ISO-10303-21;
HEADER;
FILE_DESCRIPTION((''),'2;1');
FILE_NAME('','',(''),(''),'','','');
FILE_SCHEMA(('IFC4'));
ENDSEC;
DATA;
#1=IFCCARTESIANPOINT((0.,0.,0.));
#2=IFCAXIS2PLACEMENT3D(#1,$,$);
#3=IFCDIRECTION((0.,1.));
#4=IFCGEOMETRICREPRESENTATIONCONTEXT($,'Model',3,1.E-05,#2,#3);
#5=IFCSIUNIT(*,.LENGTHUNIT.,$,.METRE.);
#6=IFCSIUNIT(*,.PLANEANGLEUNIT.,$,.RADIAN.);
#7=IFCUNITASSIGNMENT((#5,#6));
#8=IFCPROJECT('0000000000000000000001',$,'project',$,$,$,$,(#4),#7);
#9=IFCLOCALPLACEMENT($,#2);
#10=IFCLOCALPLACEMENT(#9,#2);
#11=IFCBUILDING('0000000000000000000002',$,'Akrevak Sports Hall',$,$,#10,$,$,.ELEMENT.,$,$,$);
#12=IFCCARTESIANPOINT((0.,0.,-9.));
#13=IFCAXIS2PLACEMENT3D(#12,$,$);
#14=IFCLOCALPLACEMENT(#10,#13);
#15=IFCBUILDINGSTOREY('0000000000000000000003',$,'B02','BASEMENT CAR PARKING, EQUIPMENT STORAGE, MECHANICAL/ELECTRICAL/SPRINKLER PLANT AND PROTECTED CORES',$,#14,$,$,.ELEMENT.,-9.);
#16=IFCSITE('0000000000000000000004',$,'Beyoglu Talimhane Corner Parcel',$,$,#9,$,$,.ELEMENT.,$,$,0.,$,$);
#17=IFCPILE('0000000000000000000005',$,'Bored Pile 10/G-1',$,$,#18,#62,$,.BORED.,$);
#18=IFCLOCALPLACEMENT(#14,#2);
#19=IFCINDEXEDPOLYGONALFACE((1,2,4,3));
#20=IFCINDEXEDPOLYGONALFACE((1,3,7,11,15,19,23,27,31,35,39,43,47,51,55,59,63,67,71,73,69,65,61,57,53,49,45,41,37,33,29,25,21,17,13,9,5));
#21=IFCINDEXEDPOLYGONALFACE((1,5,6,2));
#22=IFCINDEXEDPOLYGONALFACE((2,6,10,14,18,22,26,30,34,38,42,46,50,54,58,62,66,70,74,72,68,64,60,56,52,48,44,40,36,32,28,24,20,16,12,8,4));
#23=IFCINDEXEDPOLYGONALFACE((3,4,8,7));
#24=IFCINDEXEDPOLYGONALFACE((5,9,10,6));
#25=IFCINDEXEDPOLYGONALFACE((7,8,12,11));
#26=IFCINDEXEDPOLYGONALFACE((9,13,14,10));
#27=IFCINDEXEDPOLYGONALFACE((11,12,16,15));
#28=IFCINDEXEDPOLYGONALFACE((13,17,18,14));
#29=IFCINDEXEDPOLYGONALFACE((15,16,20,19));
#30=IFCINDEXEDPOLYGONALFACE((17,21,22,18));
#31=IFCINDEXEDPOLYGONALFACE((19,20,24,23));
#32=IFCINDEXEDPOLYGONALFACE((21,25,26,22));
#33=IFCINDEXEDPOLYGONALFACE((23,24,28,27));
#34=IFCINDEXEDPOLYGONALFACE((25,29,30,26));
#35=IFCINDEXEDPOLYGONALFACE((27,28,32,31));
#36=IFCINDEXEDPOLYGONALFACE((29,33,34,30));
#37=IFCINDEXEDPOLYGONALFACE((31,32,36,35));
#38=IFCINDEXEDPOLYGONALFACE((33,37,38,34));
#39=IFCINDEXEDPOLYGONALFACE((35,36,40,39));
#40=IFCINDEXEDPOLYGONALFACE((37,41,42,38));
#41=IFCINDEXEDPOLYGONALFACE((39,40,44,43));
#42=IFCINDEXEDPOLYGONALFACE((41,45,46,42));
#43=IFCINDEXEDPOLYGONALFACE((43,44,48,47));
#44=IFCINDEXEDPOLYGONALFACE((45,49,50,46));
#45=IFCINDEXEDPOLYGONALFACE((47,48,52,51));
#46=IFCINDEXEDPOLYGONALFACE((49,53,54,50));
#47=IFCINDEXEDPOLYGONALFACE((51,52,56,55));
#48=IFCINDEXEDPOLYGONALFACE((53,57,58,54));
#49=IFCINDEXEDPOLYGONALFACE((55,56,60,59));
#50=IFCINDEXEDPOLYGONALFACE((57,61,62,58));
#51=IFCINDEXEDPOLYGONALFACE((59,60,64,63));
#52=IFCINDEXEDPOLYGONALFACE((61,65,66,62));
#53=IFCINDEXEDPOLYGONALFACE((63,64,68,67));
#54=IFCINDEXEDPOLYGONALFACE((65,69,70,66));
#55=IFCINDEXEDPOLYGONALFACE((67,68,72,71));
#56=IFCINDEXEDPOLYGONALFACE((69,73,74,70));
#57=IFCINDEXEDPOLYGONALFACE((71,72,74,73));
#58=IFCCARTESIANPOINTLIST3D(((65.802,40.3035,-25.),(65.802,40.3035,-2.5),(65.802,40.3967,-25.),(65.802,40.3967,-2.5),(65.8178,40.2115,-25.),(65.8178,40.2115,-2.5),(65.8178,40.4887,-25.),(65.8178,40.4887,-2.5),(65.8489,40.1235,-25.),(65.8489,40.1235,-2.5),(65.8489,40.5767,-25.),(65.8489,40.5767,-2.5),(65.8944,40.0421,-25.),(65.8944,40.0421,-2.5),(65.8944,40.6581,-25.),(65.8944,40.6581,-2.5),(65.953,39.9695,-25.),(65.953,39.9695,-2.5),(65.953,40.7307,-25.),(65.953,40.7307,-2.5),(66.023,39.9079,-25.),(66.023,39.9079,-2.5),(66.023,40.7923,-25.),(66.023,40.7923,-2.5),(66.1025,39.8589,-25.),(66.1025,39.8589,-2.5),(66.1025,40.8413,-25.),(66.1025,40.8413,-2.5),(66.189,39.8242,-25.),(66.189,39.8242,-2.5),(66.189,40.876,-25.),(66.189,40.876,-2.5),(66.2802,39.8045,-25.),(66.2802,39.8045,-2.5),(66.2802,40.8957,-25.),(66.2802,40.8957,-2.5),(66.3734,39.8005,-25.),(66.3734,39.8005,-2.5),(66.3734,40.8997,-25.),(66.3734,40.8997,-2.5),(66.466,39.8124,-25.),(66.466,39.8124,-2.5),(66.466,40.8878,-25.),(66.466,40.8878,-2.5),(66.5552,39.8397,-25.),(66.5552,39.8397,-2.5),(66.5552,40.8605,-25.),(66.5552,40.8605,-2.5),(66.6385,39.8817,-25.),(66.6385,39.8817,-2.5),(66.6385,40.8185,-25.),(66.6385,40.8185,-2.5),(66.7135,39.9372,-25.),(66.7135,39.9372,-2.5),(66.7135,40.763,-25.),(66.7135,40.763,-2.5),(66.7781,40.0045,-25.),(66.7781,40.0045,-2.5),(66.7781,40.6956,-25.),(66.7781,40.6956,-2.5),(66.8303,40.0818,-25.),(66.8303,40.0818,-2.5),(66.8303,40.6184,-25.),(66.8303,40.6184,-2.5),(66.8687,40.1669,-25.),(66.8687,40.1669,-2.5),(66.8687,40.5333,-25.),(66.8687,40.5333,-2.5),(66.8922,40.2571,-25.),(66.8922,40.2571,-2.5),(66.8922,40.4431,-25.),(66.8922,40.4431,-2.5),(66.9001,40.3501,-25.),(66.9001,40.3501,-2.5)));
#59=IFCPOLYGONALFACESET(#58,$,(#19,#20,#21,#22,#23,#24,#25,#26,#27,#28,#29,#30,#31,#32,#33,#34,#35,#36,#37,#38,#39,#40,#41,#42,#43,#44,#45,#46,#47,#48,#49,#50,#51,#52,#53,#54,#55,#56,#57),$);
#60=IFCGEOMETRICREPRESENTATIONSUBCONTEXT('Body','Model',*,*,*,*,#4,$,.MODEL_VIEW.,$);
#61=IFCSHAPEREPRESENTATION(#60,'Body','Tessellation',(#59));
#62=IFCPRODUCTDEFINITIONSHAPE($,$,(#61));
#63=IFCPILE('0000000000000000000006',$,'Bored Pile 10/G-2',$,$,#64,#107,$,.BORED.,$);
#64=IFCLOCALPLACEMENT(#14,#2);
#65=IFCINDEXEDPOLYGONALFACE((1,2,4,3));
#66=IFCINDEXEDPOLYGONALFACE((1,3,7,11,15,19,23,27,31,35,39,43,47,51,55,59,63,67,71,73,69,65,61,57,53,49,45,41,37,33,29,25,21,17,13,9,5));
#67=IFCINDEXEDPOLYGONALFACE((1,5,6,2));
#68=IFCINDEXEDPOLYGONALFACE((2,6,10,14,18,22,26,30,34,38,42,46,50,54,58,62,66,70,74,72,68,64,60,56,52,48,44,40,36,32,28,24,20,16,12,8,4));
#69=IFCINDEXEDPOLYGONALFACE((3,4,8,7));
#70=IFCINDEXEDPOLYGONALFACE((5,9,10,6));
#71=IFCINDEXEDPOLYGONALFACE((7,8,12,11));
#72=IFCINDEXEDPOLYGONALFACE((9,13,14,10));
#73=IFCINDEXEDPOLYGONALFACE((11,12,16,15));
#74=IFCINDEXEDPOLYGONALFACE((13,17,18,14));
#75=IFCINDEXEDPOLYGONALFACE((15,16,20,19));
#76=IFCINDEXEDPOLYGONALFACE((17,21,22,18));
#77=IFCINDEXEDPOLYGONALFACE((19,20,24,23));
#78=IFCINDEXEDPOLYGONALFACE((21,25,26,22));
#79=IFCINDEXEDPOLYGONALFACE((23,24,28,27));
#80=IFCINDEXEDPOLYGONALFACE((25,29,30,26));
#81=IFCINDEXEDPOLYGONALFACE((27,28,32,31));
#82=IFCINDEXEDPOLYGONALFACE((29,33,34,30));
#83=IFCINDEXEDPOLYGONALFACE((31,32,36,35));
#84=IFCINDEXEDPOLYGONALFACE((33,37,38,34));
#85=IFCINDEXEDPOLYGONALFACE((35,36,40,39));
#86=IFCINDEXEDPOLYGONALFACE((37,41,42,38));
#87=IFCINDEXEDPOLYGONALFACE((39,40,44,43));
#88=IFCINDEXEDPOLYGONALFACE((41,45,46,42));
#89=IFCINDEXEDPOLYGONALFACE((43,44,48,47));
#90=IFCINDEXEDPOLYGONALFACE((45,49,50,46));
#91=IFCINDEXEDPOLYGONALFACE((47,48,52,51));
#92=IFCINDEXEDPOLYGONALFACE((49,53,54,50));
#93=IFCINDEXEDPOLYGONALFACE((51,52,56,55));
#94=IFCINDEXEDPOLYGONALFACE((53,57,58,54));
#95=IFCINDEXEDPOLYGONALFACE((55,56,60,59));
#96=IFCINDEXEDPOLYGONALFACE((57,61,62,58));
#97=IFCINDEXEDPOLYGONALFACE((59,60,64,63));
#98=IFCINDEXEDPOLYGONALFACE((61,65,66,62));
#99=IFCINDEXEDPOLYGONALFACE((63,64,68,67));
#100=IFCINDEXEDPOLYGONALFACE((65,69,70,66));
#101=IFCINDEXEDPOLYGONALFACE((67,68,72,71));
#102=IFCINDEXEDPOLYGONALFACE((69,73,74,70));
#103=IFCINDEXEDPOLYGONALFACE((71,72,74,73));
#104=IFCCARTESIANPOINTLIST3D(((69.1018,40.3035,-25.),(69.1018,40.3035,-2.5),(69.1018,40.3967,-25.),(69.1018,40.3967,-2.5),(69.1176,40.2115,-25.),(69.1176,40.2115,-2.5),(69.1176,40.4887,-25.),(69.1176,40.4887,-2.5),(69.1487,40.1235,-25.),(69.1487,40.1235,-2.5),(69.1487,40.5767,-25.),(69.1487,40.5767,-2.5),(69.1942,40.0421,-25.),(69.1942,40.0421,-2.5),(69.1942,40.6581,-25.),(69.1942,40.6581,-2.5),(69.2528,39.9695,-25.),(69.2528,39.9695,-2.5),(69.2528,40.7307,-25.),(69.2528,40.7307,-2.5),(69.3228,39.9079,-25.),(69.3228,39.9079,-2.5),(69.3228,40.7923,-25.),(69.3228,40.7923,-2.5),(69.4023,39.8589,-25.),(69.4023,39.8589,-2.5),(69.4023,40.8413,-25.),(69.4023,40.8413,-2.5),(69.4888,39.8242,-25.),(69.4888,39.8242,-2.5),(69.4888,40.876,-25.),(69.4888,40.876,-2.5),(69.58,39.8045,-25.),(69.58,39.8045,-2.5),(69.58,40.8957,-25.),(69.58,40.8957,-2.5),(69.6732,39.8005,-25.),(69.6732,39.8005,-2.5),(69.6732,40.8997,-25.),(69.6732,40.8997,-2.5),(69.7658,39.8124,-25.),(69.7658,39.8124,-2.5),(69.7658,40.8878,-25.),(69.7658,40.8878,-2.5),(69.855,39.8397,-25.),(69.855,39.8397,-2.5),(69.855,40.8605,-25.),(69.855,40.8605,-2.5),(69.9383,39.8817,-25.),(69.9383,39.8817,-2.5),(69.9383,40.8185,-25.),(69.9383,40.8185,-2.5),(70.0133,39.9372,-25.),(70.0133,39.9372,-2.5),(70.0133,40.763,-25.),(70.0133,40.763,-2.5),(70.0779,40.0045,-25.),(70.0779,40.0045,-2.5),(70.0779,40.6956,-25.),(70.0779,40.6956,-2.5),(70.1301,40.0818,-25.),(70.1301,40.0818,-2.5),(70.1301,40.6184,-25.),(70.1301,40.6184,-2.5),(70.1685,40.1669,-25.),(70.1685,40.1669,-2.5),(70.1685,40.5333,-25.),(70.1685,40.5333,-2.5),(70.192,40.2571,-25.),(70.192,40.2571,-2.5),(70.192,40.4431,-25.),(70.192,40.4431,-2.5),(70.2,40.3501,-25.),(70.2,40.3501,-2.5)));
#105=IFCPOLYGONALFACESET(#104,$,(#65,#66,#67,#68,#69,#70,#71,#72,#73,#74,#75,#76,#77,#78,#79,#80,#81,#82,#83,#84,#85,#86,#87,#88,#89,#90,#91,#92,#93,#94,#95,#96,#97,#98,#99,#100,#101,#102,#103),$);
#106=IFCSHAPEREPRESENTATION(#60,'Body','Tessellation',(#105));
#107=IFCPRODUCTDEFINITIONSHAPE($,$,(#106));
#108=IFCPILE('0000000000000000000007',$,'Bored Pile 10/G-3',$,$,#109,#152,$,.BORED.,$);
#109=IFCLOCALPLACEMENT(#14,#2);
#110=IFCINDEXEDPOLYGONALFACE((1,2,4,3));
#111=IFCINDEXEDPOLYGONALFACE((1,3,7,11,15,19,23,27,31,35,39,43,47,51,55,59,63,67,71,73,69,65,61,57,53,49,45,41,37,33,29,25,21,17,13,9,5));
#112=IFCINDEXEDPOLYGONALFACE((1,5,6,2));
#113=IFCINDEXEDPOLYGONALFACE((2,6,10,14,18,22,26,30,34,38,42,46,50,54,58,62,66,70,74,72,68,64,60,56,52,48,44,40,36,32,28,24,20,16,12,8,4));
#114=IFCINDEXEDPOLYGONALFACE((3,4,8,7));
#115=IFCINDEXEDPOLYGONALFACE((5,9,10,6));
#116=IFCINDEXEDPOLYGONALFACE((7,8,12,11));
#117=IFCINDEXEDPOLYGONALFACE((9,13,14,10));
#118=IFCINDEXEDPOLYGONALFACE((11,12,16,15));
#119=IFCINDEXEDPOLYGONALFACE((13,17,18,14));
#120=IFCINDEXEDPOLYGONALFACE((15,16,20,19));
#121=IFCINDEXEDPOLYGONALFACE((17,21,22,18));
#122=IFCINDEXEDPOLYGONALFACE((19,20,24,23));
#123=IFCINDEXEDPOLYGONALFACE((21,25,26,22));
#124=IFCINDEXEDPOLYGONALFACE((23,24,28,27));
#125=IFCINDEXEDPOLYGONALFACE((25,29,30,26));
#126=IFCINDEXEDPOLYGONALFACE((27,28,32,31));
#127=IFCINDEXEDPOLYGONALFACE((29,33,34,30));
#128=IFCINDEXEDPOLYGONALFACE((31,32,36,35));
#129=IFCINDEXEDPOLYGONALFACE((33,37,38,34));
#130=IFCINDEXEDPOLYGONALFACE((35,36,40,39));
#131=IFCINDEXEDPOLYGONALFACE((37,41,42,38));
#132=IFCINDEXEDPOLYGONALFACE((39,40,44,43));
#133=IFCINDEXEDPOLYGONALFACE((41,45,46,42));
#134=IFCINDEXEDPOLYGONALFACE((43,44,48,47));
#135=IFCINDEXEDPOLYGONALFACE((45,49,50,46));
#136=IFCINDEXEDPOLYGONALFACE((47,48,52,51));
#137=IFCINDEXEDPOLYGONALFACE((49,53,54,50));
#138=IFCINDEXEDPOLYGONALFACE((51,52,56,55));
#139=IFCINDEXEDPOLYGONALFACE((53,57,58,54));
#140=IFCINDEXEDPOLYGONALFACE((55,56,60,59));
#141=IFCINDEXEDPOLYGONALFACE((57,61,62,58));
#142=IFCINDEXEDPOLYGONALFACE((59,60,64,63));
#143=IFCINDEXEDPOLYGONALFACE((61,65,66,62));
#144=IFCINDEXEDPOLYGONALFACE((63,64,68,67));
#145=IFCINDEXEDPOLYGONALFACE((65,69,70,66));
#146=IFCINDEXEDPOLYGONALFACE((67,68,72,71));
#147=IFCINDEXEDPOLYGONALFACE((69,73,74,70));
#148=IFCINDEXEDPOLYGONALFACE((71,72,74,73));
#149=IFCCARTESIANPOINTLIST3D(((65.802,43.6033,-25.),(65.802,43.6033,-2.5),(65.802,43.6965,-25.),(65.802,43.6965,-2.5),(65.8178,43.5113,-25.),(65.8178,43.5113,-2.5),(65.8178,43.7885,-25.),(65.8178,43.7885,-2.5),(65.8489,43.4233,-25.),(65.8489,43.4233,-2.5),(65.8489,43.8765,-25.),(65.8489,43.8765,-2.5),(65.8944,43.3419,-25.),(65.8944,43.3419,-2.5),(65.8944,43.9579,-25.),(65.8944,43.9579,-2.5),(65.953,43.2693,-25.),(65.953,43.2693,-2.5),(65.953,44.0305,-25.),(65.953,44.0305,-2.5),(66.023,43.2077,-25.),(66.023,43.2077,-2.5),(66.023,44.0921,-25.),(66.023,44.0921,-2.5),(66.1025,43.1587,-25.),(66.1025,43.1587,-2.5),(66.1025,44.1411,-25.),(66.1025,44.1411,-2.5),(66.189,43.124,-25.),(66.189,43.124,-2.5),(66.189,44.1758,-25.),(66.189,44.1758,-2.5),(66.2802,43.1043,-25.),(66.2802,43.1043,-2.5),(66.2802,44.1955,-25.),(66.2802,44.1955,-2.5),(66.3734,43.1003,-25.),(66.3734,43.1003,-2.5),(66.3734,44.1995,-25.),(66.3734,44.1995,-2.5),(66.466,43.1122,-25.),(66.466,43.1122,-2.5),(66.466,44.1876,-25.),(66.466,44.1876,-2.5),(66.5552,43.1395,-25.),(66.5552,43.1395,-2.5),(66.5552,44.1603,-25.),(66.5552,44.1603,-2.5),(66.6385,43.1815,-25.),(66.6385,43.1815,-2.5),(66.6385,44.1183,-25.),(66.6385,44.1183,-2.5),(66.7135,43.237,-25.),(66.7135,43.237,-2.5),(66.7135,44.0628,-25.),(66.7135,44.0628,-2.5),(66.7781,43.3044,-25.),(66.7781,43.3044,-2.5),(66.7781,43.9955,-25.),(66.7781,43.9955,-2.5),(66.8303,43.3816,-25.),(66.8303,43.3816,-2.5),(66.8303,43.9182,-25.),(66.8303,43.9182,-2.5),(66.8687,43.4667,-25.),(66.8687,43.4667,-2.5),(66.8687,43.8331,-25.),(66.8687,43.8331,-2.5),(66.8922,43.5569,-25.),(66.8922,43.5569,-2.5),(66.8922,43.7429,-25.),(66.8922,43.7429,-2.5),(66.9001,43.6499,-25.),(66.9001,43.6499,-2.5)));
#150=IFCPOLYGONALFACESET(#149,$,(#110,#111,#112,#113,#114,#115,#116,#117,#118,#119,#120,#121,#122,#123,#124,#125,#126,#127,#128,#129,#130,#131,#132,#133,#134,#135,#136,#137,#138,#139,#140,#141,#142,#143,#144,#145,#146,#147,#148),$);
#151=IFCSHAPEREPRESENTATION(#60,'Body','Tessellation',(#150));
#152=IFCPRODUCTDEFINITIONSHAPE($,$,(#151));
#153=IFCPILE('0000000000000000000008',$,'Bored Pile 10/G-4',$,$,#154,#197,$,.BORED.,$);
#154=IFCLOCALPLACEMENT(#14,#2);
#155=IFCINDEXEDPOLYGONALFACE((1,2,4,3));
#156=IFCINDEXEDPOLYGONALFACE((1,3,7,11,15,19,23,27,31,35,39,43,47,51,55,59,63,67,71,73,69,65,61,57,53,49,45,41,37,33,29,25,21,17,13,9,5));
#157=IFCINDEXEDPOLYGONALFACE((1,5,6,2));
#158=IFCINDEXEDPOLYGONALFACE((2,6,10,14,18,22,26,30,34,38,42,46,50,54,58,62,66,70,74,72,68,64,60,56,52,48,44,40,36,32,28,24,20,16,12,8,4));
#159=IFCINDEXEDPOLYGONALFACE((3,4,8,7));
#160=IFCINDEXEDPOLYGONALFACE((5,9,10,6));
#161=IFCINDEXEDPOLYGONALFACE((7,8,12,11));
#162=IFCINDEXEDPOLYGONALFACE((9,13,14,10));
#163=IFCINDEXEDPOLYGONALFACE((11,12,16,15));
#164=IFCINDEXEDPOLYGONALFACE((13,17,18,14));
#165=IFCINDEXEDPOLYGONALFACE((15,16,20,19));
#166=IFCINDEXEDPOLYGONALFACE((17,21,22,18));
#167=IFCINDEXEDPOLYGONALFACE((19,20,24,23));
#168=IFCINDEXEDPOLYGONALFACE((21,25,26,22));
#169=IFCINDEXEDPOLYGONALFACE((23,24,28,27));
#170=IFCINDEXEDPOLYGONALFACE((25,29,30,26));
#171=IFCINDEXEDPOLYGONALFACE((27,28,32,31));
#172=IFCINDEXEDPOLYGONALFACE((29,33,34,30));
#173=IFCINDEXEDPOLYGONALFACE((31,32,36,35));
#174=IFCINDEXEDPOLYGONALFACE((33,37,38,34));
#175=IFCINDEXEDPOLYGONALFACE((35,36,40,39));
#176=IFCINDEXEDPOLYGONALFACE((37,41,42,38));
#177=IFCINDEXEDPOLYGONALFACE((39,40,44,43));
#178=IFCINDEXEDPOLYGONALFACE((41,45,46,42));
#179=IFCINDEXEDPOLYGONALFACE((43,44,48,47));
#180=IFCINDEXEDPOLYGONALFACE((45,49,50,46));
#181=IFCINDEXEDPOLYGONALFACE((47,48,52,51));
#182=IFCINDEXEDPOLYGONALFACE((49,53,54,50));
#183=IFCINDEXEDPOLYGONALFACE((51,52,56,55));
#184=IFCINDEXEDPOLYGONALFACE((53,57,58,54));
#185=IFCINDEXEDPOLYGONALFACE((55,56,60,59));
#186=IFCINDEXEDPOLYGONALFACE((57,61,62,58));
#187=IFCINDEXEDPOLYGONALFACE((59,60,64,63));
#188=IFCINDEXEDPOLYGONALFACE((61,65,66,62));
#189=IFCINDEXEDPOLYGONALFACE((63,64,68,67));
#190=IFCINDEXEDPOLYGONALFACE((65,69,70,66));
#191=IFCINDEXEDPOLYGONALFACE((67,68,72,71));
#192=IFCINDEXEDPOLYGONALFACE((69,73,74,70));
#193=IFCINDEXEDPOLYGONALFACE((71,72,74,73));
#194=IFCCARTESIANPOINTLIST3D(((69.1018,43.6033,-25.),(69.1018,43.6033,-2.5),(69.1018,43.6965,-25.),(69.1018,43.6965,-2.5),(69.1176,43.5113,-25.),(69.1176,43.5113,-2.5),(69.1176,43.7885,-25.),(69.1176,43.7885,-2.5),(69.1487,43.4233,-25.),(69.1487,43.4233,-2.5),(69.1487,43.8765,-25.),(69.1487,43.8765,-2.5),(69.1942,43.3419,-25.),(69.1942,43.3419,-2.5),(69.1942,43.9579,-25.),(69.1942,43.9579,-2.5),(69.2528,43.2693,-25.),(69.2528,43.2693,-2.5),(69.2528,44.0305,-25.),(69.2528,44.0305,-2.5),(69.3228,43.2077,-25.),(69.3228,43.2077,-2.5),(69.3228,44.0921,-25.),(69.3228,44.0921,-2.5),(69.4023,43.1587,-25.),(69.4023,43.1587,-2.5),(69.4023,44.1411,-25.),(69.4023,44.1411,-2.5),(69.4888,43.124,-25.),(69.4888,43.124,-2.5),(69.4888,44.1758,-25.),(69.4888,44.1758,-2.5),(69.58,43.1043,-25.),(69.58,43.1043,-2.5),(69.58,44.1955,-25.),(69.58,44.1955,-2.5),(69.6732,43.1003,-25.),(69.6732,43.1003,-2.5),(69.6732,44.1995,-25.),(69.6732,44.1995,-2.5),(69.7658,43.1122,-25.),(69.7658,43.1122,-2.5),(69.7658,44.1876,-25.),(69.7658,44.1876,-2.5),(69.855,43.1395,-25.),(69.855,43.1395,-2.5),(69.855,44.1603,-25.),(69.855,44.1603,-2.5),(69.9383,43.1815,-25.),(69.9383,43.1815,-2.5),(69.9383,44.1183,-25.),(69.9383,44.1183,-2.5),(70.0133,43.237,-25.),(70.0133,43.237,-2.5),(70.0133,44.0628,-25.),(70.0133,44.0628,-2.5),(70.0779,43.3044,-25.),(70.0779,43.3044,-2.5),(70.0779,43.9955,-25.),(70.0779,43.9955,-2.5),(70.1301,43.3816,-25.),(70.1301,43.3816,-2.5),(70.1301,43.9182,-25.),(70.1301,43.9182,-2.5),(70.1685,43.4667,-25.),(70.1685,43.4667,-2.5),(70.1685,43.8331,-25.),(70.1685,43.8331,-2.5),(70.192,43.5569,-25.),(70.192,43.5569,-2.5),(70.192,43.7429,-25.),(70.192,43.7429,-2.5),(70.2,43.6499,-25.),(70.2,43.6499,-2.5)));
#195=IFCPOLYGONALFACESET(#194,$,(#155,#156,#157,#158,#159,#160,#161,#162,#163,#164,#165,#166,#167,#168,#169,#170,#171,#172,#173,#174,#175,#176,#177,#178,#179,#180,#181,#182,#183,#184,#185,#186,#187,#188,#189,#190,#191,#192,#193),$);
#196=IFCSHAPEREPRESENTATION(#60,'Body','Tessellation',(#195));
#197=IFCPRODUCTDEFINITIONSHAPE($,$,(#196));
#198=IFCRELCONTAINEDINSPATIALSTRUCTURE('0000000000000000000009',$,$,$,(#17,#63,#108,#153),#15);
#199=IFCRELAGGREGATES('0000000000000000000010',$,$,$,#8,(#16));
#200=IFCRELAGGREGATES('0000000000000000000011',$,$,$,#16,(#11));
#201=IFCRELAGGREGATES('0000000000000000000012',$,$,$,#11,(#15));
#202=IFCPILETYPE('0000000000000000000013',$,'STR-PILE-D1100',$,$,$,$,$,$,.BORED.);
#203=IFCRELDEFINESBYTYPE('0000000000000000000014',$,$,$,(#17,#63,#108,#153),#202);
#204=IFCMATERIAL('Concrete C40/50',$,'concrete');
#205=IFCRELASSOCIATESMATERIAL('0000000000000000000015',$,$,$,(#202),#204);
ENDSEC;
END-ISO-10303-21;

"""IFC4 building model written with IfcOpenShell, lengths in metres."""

from ifc_helpers import new_model, si_unit, direction, frame, origin, origin_2d, place, context, subcontext, project, spatial, circle, extrude, material, material_profile, profile_set, type_object, element, save


model = new_model("IFC4")

# Units and contexts
model_context = context("Model", 3, precision=1e-05, world=origin(), true_north=direction((0.0, 1.0)))
body_context = subcontext(model_context, "Body", "Model", "MODEL_VIEW")
ifc_project = project(units=[si_unit("LENGTHUNIT", "METRE"), si_unit("PLANEANGLEUNIT", "RADIAN")], contexts=[model_context])

# Site, building, storey
site_placement = place(None, origin())
site = spatial("IfcSite", under=ifc_project, at=site_placement, Name="Beyoglu Talimhane Corner Parcel", CompositionType="ELEMENT", RefElevation=0.0)
building_placement = place(site_placement, origin())
building = spatial("IfcBuilding", under=site, at=building_placement, Name="Akrevak Sports Hall", CompositionType="ELEMENT")
storey_placement = place(building_placement, frame((0.0, 0.0, -9.0)))
storey = spatial("IfcBuildingStorey", under=building, at=storey_placement, Name="B02", Description="BASEMENT CAR PARKING, EQUIPMENT STORAGE, MECHANICAL/ELECTRICAL/SPRINKLER PLANT AND PROTECTED CORES", CompositionType="ELEMENT", Elevation=-9.0)

# Shared definitions
ifc_material_1 = material(Name="Concrete C40/50", Category="concrete")

# Piles
ifc_material_profile_1 = material_profile(ifc_material_1, circle(Radius=0.55, at=origin_2d()), Name="BORED PILE D1100", Category="concrete")
ifc_profile_set_1 = profile_set([ifc_material_profile_1], Name="Concrete C40/50")
pile_type_1 = type_object("IfcPileType", Name="STR-PILE-D1100", PredefinedType="BORED", material=ifc_profile_set_1)
for number, where, z_axis, x_axis, name in (
    (1, (66.3501, 40.3501, -2.5), (0.0, 0.0, -1.0), (1.0, 0.0, 0.0), "Bored Pile 10/G-1"),
    (2, (69.6499, 40.3501, -2.5), (0.0, 0.0, -1.0), (1.0, 0.0, 0.0), "Bored Pile 10/G-2"),
    (3, (66.3501, 43.6499, -2.5), (0.0, 0.0, -1.0), (1.0, 0.0, 0.0), "Bored Pile 10/G-3"),
    (4, (69.6499, 43.6499, -2.5), (0.0, 0.0, -1.0), (1.0, 0.0, 0.0), "Bored Pile 10/G-4"),
):
    element("IfcPile", number, at=place(storey_placement, frame(where, z_axis=z_axis, x_axis=x_axis)), inside=storey, type_object=pile_type_1, Name=name, PredefinedType="BORED", context=body_context, shape_type="SweptSolid", body=[
        extrude(circle(Radius=0.55, at=origin_2d()), origin(), (0.0, 0.0, 1.0), 22.5),
    ])

save(model, "model.ifc")
